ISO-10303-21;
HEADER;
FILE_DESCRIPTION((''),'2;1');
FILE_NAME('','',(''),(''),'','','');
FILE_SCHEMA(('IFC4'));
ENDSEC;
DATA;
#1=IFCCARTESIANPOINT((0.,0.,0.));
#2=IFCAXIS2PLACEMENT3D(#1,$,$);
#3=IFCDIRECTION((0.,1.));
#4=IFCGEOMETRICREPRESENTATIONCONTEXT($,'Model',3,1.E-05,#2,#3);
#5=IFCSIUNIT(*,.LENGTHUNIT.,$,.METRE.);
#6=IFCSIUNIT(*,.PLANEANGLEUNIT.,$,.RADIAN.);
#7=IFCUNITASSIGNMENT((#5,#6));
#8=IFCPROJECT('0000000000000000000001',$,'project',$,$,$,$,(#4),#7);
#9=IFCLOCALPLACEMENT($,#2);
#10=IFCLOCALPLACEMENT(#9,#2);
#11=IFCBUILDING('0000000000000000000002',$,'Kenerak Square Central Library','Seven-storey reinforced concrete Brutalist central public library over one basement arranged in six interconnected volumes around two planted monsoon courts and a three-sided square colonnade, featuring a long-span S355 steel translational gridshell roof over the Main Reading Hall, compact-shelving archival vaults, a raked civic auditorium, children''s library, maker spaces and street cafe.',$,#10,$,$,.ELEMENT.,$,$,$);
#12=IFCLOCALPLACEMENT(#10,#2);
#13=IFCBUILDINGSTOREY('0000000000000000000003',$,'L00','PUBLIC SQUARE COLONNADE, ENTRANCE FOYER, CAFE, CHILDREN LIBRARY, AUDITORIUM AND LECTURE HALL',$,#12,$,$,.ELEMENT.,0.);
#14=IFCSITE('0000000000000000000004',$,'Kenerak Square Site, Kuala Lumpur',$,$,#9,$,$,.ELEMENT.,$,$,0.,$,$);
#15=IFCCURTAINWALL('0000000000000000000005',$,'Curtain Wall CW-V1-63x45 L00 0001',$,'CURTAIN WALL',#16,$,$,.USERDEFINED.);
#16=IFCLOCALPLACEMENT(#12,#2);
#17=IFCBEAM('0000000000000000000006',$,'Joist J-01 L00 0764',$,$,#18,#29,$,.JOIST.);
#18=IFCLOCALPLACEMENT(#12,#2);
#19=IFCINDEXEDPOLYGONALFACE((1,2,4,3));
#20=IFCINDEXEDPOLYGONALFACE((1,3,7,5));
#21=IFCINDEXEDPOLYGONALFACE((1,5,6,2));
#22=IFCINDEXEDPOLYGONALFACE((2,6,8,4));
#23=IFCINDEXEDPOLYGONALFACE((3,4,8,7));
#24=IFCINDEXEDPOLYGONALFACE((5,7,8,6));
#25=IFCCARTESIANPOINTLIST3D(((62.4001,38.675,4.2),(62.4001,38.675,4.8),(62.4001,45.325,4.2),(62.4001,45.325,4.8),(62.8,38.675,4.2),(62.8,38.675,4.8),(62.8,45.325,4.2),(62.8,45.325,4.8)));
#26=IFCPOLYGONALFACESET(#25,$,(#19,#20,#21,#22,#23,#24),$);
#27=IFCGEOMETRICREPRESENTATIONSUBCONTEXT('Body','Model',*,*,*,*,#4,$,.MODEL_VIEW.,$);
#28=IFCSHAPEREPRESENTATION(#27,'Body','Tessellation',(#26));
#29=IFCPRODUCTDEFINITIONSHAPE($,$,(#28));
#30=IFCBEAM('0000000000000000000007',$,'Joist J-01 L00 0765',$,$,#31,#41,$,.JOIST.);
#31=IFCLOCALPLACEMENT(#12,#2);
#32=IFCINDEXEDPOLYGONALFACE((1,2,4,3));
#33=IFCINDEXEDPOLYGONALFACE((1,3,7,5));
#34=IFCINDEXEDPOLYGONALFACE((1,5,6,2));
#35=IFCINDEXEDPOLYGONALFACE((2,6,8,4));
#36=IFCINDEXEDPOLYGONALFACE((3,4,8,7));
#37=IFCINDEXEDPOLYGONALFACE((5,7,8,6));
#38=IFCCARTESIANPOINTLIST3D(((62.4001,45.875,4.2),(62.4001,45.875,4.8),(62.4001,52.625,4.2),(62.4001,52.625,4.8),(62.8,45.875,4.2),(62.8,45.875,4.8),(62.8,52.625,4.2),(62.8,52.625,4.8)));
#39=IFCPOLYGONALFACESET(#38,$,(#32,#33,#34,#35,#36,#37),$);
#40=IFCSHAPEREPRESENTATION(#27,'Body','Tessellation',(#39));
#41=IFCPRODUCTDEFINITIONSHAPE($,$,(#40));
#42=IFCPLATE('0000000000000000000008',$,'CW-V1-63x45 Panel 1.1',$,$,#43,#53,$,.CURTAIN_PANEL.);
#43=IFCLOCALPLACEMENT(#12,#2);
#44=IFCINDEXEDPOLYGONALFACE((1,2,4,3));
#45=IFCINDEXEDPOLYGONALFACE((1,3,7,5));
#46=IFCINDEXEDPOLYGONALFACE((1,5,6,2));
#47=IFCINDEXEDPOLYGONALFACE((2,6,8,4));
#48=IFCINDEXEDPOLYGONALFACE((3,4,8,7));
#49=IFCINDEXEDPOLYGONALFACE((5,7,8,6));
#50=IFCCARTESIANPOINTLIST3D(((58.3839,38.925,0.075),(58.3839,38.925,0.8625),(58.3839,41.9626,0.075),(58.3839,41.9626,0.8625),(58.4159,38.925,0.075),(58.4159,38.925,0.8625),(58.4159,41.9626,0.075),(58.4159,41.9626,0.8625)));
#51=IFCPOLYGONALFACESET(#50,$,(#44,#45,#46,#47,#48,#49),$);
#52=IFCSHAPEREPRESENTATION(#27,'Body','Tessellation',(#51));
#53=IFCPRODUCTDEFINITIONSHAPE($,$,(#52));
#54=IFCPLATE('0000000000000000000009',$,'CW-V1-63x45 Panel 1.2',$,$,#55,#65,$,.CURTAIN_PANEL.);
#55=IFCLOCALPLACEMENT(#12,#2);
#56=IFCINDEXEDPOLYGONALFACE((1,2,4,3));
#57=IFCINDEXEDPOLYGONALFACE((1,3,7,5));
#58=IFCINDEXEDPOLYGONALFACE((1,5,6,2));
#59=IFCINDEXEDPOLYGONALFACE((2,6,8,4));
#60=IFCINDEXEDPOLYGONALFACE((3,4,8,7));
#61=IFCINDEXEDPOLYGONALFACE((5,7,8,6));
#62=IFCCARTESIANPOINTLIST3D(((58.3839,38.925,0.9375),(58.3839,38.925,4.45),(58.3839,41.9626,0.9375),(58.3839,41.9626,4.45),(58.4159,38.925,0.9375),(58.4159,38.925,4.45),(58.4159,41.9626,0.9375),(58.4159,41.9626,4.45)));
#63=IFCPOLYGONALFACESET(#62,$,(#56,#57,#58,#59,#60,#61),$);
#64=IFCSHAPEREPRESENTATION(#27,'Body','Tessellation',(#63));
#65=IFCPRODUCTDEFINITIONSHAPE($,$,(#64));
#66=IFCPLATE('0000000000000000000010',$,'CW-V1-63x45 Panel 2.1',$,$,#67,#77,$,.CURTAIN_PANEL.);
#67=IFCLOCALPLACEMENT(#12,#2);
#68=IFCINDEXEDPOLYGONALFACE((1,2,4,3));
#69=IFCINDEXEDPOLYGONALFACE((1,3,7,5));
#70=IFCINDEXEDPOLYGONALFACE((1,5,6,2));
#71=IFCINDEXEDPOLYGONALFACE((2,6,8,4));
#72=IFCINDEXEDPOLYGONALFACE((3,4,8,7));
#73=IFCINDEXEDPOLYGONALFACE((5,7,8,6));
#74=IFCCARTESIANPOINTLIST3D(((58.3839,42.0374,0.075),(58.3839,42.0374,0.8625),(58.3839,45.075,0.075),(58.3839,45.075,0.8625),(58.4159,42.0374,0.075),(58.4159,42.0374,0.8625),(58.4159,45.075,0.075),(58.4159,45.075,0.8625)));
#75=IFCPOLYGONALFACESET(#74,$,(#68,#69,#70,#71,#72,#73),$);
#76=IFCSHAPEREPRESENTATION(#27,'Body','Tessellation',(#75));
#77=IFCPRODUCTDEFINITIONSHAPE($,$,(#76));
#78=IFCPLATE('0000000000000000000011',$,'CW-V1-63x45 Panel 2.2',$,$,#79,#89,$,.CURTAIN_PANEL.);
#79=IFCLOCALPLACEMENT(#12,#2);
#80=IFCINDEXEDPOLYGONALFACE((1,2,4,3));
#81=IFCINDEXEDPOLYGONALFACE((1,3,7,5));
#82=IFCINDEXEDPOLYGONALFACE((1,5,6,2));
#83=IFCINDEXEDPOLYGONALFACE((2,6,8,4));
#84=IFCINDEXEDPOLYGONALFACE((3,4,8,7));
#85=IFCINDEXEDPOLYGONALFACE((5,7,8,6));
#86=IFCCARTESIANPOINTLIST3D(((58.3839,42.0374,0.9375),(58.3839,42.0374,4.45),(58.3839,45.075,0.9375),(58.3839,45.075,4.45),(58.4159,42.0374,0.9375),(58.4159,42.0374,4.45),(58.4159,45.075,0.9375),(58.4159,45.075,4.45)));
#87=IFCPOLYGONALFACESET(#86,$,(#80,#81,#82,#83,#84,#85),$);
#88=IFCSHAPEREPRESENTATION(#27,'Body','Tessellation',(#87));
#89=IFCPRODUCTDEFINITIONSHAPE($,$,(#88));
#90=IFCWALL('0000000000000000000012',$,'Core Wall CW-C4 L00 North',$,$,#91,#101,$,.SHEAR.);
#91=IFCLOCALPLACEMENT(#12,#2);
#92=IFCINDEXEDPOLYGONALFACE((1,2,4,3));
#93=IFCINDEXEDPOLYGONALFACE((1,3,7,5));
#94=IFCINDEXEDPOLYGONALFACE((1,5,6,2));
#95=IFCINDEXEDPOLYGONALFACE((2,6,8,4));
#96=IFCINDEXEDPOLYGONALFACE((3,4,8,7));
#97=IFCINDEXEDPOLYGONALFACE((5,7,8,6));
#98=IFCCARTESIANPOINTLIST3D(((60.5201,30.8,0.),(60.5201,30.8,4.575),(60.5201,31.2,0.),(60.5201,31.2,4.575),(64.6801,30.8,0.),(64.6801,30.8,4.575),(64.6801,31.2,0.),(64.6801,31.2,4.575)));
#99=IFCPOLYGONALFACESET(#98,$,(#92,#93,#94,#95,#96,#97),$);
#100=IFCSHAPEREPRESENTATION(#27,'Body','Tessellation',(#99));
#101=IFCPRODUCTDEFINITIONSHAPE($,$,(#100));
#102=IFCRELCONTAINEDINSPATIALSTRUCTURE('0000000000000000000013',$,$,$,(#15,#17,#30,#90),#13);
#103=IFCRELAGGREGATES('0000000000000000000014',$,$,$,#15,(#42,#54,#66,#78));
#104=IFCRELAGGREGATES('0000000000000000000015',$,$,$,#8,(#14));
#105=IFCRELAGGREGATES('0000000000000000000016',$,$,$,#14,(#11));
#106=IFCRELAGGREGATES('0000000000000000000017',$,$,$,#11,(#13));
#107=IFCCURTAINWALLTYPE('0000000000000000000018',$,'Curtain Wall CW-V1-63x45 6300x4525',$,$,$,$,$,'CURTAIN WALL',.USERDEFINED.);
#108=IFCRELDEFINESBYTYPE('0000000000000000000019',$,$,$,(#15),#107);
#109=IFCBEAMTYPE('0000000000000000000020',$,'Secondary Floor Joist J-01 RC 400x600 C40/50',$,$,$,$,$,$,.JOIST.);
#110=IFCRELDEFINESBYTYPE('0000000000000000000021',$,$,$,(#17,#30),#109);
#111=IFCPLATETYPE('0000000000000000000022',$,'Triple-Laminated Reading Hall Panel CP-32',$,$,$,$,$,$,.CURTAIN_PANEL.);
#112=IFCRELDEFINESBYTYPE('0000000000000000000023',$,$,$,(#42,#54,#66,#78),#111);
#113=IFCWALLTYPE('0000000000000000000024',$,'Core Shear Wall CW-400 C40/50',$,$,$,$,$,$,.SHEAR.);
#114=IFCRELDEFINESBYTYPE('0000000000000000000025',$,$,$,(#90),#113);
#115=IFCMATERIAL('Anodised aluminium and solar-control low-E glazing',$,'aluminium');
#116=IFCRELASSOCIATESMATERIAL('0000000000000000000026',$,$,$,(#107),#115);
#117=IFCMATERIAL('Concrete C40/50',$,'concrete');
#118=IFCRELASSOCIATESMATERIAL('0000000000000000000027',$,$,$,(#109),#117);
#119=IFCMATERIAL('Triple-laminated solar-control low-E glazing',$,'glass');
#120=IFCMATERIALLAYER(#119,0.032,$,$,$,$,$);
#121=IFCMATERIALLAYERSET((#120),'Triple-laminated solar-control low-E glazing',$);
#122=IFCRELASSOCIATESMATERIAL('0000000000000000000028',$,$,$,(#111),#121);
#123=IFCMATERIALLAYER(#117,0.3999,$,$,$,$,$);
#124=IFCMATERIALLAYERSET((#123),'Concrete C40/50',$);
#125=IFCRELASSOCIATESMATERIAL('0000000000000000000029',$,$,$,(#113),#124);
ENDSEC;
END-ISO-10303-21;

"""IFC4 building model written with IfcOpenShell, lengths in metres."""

from ifc_helpers import new_model, si_unit, direction, frame, frame_2d, origin, origin_2d, place, context, subcontext, project, spatial, rectangle, extrude, material, layer, layer_set, material_profile, profile_set, type_object, element, aggregate, save


model = new_model("IFC4")

# Units and contexts
model_context = context("Model", 3, precision=1e-05, world=origin(), true_north=direction((0.0, 1.0)))
body_context = subcontext(model_context, "Body", "Model", "MODEL_VIEW")
ifc_project = project(units=[si_unit("LENGTHUNIT", "METRE"), si_unit("PLANEANGLEUNIT", "RADIAN")], contexts=[model_context])

# Site, building, storey
site_placement = place(None, origin())
site = spatial("IfcSite", under=ifc_project, at=site_placement, Name="Kenerak Square Site, Kuala Lumpur", CompositionType="ELEMENT", RefElevation=0.0)
building_placement = place(site_placement, origin())
building = spatial("IfcBuilding", under=site, at=building_placement, Name="Kenerak Square Central Library", Description="Seven-storey reinforced concrete Brutalist central public library over one basement arranged in six interconnected volumes around two planted monsoon courts and a three-sided square colonnade, featuring a long-span S355 steel translational gridshell roof over the Main Reading Hall, compact-shelving archival vaults, a raked civic auditorium, children's library, maker spaces and street cafe.", CompositionType="ELEMENT")
storey_placement = place(building_placement, origin())
storey = spatial("IfcBuildingStorey", under=building, at=storey_placement, Name="L00", Description="PUBLIC SQUARE COLONNADE, ENTRANCE FOYER, CAFE, CHILDREN LIBRARY, AUDITORIUM AND LECTURE HALL", CompositionType="ELEMENT", Elevation=0.0)

# Shared definitions
ifc_material_1 = material(Name="Concrete C40/50", Category="concrete")

# Curtain wall
ifc_material_2 = material(Name="Anodised aluminium and solar-control low-E glazing", Category="aluminium")
curtain_wall_type = type_object("IfcCurtainWallType", Name="Curtain Wall CW-V1-63x45 6300x4525", ElementType="CURTAIN WALL", PredefinedType="USERDEFINED", material=ifc_material_2)
curtain_wall_1_placement = place(storey_placement, origin())
curtain_wall_1 = element("IfcCurtainWall", 1, at=curtain_wall_1_placement, inside=storey, type_object=curtain_wall_type, Name="Curtain Wall CW-V1-63x45 L00 0001", ObjectType="CURTAIN WALL", PredefinedType="USERDEFINED")

# Beams
ifc_material_profile_1 = material_profile(ifc_material_1, rectangle(XDim=0.3999, YDim=0.6001, at=origin_2d()), Name="RC 400x600")
ifc_profile_set_1 = profile_set([ifc_material_profile_1], Name="Concrete C40/50")
beam_type_1 = type_object("IfcBeamType", Name="Secondary Floor Joist J-01 RC 400x600 C40/50", PredefinedType="JOIST", material=ifc_profile_set_1)
beam_1_placement = place(storey_placement, frame((62.6001, 38.675, 4.5), z_axis=(0.0, 1.0, 0.0), x_axis=(-1.0, 0.0, 0.0)))
element("IfcBeam", 2, at=beam_1_placement, inside=storey, type_object=beam_type_1, Name="Joist J-01 L00 0764", PredefinedType="JOIST", context=body_context, shape_type="SweptSolid", body=[
    extrude(rectangle(XDim=0.3999, YDim=0.6001, at=origin_2d()), origin(), (0.0, 0.0, 1.0), 6.6499),
])
beam_2_placement = place(storey_placement, frame((62.6001, 45.875, 4.5), z_axis=(0.0, 1.0, 0.0), x_axis=(-1.0, 0.0, 0.0)))
element("IfcBeam", 3, at=beam_2_placement, inside=storey, type_object=beam_type_1, Name="Joist J-01 L00 0765", PredefinedType="JOIST", context=body_context, shape_type="SweptSolid", body=[
    extrude(rectangle(XDim=0.3999, YDim=0.6001, at=origin_2d()), origin(), (0.0, 0.0, 1.0), 6.75),
])

# Plates
ifc_material_3 = material(Name="Triple-laminated solar-control low-E glazing", Category="glass")
ifc_layer_1 = layer(ifc_material_3, 0.032)
ifc_layer_set_1 = layer_set([ifc_layer_1], Name="Triple-laminated solar-control low-E glazing")
plate_type = type_object("IfcPlateType", Name="Triple-Laminated Reading Hall Panel CP-32", PredefinedType="CURTAIN_PANEL", material=ifc_layer_set_1)
plate_1_placement = place(storey_placement, frame((58.3999, 40.4438, 0.075), z_axis=(0.0, 0.0, 1.0), x_axis=(0.0, 1.0, 0.0)))
plate_1 = element("IfcPlate", 4, at=plate_1_placement, type_object=plate_type, Name="CW-V1-63x45 Panel 1.1", PredefinedType="CURTAIN_PANEL", context=body_context, shape_type="SweptSolid", body=[
    extrude(rectangle(XDim=3.0376, YDim=0.032, at=origin_2d()), origin(), (0.0, 0.0, 1.0), 0.7876),
])
plate_2_placement = place(storey_placement, frame((58.3999, 40.4438, 0.9375), z_axis=(0.0, 0.0, 1.0), x_axis=(0.0, 1.0, 0.0)))
plate_2 = element("IfcPlate", 5, at=plate_2_placement, type_object=plate_type, Name="CW-V1-63x45 Panel 1.2", PredefinedType="CURTAIN_PANEL", context=body_context, shape_type="SweptSolid", body=[
    extrude(rectangle(XDim=3.0376, YDim=0.032, at=origin_2d()), origin(), (0.0, 0.0, 1.0), 3.5125),
])
plate_3_placement = place(storey_placement, frame((58.3999, 43.5562, 0.075), z_axis=(0.0, 0.0, 1.0), x_axis=(0.0, 1.0, 0.0)))
plate_3 = element("IfcPlate", 6, at=plate_3_placement, type_object=plate_type, Name="CW-V1-63x45 Panel 2.1", PredefinedType="CURTAIN_PANEL", context=body_context, shape_type="SweptSolid", body=[
    extrude(rectangle(XDim=3.0376, YDim=0.032, at=origin_2d()), origin(), (0.0, 0.0, 1.0), 0.7876),
])
plate_4_placement = place(storey_placement, frame((58.3999, 43.5562, 0.9375), z_axis=(0.0, 0.0, 1.0), x_axis=(0.0, 1.0, 0.0)))
plate_4 = element("IfcPlate", 7, at=plate_4_placement, type_object=plate_type, Name="CW-V1-63x45 Panel 2.2", PredefinedType="CURTAIN_PANEL", context=body_context, shape_type="SweptSolid", body=[
    extrude(rectangle(XDim=3.0376, YDim=0.032, at=origin_2d()), origin(), (0.0, 0.0, 1.0), 3.5125),
])
aggregate(curtain_wall_1, [plate_1, plate_2, plate_3, plate_4])

# Wall
ifc_layer_2 = layer(ifc_material_1, 0.3999)
ifc_layer_set_2 = layer_set([ifc_layer_2], Name="Concrete C40/50")
wall_type = type_object("IfcWallType", Name="Core Shear Wall CW-400 C40/50", PredefinedType="SHEAR", material=ifc_layer_set_2)
wall_placement = place(storey_placement, frame((60.52, 31.0, 0.0), z_axis=(0.0, 0.0, 1.0), x_axis=(1.0, 0.0, 0.0)))
element("IfcWall", 8, at=wall_placement, inside=storey, type_object=wall_type, Name="Core Wall CW-C4 L00 North", PredefinedType="SHEAR", context=body_context, shape_type="SweptSolid", body=[
    extrude(rectangle(XDim=4.1599, YDim=0.3999, at=frame_2d((2.0801, 0.0))), origin(), (0.0, 0.0, 1.0), 4.575),
])

save(model, "model.ifc")
